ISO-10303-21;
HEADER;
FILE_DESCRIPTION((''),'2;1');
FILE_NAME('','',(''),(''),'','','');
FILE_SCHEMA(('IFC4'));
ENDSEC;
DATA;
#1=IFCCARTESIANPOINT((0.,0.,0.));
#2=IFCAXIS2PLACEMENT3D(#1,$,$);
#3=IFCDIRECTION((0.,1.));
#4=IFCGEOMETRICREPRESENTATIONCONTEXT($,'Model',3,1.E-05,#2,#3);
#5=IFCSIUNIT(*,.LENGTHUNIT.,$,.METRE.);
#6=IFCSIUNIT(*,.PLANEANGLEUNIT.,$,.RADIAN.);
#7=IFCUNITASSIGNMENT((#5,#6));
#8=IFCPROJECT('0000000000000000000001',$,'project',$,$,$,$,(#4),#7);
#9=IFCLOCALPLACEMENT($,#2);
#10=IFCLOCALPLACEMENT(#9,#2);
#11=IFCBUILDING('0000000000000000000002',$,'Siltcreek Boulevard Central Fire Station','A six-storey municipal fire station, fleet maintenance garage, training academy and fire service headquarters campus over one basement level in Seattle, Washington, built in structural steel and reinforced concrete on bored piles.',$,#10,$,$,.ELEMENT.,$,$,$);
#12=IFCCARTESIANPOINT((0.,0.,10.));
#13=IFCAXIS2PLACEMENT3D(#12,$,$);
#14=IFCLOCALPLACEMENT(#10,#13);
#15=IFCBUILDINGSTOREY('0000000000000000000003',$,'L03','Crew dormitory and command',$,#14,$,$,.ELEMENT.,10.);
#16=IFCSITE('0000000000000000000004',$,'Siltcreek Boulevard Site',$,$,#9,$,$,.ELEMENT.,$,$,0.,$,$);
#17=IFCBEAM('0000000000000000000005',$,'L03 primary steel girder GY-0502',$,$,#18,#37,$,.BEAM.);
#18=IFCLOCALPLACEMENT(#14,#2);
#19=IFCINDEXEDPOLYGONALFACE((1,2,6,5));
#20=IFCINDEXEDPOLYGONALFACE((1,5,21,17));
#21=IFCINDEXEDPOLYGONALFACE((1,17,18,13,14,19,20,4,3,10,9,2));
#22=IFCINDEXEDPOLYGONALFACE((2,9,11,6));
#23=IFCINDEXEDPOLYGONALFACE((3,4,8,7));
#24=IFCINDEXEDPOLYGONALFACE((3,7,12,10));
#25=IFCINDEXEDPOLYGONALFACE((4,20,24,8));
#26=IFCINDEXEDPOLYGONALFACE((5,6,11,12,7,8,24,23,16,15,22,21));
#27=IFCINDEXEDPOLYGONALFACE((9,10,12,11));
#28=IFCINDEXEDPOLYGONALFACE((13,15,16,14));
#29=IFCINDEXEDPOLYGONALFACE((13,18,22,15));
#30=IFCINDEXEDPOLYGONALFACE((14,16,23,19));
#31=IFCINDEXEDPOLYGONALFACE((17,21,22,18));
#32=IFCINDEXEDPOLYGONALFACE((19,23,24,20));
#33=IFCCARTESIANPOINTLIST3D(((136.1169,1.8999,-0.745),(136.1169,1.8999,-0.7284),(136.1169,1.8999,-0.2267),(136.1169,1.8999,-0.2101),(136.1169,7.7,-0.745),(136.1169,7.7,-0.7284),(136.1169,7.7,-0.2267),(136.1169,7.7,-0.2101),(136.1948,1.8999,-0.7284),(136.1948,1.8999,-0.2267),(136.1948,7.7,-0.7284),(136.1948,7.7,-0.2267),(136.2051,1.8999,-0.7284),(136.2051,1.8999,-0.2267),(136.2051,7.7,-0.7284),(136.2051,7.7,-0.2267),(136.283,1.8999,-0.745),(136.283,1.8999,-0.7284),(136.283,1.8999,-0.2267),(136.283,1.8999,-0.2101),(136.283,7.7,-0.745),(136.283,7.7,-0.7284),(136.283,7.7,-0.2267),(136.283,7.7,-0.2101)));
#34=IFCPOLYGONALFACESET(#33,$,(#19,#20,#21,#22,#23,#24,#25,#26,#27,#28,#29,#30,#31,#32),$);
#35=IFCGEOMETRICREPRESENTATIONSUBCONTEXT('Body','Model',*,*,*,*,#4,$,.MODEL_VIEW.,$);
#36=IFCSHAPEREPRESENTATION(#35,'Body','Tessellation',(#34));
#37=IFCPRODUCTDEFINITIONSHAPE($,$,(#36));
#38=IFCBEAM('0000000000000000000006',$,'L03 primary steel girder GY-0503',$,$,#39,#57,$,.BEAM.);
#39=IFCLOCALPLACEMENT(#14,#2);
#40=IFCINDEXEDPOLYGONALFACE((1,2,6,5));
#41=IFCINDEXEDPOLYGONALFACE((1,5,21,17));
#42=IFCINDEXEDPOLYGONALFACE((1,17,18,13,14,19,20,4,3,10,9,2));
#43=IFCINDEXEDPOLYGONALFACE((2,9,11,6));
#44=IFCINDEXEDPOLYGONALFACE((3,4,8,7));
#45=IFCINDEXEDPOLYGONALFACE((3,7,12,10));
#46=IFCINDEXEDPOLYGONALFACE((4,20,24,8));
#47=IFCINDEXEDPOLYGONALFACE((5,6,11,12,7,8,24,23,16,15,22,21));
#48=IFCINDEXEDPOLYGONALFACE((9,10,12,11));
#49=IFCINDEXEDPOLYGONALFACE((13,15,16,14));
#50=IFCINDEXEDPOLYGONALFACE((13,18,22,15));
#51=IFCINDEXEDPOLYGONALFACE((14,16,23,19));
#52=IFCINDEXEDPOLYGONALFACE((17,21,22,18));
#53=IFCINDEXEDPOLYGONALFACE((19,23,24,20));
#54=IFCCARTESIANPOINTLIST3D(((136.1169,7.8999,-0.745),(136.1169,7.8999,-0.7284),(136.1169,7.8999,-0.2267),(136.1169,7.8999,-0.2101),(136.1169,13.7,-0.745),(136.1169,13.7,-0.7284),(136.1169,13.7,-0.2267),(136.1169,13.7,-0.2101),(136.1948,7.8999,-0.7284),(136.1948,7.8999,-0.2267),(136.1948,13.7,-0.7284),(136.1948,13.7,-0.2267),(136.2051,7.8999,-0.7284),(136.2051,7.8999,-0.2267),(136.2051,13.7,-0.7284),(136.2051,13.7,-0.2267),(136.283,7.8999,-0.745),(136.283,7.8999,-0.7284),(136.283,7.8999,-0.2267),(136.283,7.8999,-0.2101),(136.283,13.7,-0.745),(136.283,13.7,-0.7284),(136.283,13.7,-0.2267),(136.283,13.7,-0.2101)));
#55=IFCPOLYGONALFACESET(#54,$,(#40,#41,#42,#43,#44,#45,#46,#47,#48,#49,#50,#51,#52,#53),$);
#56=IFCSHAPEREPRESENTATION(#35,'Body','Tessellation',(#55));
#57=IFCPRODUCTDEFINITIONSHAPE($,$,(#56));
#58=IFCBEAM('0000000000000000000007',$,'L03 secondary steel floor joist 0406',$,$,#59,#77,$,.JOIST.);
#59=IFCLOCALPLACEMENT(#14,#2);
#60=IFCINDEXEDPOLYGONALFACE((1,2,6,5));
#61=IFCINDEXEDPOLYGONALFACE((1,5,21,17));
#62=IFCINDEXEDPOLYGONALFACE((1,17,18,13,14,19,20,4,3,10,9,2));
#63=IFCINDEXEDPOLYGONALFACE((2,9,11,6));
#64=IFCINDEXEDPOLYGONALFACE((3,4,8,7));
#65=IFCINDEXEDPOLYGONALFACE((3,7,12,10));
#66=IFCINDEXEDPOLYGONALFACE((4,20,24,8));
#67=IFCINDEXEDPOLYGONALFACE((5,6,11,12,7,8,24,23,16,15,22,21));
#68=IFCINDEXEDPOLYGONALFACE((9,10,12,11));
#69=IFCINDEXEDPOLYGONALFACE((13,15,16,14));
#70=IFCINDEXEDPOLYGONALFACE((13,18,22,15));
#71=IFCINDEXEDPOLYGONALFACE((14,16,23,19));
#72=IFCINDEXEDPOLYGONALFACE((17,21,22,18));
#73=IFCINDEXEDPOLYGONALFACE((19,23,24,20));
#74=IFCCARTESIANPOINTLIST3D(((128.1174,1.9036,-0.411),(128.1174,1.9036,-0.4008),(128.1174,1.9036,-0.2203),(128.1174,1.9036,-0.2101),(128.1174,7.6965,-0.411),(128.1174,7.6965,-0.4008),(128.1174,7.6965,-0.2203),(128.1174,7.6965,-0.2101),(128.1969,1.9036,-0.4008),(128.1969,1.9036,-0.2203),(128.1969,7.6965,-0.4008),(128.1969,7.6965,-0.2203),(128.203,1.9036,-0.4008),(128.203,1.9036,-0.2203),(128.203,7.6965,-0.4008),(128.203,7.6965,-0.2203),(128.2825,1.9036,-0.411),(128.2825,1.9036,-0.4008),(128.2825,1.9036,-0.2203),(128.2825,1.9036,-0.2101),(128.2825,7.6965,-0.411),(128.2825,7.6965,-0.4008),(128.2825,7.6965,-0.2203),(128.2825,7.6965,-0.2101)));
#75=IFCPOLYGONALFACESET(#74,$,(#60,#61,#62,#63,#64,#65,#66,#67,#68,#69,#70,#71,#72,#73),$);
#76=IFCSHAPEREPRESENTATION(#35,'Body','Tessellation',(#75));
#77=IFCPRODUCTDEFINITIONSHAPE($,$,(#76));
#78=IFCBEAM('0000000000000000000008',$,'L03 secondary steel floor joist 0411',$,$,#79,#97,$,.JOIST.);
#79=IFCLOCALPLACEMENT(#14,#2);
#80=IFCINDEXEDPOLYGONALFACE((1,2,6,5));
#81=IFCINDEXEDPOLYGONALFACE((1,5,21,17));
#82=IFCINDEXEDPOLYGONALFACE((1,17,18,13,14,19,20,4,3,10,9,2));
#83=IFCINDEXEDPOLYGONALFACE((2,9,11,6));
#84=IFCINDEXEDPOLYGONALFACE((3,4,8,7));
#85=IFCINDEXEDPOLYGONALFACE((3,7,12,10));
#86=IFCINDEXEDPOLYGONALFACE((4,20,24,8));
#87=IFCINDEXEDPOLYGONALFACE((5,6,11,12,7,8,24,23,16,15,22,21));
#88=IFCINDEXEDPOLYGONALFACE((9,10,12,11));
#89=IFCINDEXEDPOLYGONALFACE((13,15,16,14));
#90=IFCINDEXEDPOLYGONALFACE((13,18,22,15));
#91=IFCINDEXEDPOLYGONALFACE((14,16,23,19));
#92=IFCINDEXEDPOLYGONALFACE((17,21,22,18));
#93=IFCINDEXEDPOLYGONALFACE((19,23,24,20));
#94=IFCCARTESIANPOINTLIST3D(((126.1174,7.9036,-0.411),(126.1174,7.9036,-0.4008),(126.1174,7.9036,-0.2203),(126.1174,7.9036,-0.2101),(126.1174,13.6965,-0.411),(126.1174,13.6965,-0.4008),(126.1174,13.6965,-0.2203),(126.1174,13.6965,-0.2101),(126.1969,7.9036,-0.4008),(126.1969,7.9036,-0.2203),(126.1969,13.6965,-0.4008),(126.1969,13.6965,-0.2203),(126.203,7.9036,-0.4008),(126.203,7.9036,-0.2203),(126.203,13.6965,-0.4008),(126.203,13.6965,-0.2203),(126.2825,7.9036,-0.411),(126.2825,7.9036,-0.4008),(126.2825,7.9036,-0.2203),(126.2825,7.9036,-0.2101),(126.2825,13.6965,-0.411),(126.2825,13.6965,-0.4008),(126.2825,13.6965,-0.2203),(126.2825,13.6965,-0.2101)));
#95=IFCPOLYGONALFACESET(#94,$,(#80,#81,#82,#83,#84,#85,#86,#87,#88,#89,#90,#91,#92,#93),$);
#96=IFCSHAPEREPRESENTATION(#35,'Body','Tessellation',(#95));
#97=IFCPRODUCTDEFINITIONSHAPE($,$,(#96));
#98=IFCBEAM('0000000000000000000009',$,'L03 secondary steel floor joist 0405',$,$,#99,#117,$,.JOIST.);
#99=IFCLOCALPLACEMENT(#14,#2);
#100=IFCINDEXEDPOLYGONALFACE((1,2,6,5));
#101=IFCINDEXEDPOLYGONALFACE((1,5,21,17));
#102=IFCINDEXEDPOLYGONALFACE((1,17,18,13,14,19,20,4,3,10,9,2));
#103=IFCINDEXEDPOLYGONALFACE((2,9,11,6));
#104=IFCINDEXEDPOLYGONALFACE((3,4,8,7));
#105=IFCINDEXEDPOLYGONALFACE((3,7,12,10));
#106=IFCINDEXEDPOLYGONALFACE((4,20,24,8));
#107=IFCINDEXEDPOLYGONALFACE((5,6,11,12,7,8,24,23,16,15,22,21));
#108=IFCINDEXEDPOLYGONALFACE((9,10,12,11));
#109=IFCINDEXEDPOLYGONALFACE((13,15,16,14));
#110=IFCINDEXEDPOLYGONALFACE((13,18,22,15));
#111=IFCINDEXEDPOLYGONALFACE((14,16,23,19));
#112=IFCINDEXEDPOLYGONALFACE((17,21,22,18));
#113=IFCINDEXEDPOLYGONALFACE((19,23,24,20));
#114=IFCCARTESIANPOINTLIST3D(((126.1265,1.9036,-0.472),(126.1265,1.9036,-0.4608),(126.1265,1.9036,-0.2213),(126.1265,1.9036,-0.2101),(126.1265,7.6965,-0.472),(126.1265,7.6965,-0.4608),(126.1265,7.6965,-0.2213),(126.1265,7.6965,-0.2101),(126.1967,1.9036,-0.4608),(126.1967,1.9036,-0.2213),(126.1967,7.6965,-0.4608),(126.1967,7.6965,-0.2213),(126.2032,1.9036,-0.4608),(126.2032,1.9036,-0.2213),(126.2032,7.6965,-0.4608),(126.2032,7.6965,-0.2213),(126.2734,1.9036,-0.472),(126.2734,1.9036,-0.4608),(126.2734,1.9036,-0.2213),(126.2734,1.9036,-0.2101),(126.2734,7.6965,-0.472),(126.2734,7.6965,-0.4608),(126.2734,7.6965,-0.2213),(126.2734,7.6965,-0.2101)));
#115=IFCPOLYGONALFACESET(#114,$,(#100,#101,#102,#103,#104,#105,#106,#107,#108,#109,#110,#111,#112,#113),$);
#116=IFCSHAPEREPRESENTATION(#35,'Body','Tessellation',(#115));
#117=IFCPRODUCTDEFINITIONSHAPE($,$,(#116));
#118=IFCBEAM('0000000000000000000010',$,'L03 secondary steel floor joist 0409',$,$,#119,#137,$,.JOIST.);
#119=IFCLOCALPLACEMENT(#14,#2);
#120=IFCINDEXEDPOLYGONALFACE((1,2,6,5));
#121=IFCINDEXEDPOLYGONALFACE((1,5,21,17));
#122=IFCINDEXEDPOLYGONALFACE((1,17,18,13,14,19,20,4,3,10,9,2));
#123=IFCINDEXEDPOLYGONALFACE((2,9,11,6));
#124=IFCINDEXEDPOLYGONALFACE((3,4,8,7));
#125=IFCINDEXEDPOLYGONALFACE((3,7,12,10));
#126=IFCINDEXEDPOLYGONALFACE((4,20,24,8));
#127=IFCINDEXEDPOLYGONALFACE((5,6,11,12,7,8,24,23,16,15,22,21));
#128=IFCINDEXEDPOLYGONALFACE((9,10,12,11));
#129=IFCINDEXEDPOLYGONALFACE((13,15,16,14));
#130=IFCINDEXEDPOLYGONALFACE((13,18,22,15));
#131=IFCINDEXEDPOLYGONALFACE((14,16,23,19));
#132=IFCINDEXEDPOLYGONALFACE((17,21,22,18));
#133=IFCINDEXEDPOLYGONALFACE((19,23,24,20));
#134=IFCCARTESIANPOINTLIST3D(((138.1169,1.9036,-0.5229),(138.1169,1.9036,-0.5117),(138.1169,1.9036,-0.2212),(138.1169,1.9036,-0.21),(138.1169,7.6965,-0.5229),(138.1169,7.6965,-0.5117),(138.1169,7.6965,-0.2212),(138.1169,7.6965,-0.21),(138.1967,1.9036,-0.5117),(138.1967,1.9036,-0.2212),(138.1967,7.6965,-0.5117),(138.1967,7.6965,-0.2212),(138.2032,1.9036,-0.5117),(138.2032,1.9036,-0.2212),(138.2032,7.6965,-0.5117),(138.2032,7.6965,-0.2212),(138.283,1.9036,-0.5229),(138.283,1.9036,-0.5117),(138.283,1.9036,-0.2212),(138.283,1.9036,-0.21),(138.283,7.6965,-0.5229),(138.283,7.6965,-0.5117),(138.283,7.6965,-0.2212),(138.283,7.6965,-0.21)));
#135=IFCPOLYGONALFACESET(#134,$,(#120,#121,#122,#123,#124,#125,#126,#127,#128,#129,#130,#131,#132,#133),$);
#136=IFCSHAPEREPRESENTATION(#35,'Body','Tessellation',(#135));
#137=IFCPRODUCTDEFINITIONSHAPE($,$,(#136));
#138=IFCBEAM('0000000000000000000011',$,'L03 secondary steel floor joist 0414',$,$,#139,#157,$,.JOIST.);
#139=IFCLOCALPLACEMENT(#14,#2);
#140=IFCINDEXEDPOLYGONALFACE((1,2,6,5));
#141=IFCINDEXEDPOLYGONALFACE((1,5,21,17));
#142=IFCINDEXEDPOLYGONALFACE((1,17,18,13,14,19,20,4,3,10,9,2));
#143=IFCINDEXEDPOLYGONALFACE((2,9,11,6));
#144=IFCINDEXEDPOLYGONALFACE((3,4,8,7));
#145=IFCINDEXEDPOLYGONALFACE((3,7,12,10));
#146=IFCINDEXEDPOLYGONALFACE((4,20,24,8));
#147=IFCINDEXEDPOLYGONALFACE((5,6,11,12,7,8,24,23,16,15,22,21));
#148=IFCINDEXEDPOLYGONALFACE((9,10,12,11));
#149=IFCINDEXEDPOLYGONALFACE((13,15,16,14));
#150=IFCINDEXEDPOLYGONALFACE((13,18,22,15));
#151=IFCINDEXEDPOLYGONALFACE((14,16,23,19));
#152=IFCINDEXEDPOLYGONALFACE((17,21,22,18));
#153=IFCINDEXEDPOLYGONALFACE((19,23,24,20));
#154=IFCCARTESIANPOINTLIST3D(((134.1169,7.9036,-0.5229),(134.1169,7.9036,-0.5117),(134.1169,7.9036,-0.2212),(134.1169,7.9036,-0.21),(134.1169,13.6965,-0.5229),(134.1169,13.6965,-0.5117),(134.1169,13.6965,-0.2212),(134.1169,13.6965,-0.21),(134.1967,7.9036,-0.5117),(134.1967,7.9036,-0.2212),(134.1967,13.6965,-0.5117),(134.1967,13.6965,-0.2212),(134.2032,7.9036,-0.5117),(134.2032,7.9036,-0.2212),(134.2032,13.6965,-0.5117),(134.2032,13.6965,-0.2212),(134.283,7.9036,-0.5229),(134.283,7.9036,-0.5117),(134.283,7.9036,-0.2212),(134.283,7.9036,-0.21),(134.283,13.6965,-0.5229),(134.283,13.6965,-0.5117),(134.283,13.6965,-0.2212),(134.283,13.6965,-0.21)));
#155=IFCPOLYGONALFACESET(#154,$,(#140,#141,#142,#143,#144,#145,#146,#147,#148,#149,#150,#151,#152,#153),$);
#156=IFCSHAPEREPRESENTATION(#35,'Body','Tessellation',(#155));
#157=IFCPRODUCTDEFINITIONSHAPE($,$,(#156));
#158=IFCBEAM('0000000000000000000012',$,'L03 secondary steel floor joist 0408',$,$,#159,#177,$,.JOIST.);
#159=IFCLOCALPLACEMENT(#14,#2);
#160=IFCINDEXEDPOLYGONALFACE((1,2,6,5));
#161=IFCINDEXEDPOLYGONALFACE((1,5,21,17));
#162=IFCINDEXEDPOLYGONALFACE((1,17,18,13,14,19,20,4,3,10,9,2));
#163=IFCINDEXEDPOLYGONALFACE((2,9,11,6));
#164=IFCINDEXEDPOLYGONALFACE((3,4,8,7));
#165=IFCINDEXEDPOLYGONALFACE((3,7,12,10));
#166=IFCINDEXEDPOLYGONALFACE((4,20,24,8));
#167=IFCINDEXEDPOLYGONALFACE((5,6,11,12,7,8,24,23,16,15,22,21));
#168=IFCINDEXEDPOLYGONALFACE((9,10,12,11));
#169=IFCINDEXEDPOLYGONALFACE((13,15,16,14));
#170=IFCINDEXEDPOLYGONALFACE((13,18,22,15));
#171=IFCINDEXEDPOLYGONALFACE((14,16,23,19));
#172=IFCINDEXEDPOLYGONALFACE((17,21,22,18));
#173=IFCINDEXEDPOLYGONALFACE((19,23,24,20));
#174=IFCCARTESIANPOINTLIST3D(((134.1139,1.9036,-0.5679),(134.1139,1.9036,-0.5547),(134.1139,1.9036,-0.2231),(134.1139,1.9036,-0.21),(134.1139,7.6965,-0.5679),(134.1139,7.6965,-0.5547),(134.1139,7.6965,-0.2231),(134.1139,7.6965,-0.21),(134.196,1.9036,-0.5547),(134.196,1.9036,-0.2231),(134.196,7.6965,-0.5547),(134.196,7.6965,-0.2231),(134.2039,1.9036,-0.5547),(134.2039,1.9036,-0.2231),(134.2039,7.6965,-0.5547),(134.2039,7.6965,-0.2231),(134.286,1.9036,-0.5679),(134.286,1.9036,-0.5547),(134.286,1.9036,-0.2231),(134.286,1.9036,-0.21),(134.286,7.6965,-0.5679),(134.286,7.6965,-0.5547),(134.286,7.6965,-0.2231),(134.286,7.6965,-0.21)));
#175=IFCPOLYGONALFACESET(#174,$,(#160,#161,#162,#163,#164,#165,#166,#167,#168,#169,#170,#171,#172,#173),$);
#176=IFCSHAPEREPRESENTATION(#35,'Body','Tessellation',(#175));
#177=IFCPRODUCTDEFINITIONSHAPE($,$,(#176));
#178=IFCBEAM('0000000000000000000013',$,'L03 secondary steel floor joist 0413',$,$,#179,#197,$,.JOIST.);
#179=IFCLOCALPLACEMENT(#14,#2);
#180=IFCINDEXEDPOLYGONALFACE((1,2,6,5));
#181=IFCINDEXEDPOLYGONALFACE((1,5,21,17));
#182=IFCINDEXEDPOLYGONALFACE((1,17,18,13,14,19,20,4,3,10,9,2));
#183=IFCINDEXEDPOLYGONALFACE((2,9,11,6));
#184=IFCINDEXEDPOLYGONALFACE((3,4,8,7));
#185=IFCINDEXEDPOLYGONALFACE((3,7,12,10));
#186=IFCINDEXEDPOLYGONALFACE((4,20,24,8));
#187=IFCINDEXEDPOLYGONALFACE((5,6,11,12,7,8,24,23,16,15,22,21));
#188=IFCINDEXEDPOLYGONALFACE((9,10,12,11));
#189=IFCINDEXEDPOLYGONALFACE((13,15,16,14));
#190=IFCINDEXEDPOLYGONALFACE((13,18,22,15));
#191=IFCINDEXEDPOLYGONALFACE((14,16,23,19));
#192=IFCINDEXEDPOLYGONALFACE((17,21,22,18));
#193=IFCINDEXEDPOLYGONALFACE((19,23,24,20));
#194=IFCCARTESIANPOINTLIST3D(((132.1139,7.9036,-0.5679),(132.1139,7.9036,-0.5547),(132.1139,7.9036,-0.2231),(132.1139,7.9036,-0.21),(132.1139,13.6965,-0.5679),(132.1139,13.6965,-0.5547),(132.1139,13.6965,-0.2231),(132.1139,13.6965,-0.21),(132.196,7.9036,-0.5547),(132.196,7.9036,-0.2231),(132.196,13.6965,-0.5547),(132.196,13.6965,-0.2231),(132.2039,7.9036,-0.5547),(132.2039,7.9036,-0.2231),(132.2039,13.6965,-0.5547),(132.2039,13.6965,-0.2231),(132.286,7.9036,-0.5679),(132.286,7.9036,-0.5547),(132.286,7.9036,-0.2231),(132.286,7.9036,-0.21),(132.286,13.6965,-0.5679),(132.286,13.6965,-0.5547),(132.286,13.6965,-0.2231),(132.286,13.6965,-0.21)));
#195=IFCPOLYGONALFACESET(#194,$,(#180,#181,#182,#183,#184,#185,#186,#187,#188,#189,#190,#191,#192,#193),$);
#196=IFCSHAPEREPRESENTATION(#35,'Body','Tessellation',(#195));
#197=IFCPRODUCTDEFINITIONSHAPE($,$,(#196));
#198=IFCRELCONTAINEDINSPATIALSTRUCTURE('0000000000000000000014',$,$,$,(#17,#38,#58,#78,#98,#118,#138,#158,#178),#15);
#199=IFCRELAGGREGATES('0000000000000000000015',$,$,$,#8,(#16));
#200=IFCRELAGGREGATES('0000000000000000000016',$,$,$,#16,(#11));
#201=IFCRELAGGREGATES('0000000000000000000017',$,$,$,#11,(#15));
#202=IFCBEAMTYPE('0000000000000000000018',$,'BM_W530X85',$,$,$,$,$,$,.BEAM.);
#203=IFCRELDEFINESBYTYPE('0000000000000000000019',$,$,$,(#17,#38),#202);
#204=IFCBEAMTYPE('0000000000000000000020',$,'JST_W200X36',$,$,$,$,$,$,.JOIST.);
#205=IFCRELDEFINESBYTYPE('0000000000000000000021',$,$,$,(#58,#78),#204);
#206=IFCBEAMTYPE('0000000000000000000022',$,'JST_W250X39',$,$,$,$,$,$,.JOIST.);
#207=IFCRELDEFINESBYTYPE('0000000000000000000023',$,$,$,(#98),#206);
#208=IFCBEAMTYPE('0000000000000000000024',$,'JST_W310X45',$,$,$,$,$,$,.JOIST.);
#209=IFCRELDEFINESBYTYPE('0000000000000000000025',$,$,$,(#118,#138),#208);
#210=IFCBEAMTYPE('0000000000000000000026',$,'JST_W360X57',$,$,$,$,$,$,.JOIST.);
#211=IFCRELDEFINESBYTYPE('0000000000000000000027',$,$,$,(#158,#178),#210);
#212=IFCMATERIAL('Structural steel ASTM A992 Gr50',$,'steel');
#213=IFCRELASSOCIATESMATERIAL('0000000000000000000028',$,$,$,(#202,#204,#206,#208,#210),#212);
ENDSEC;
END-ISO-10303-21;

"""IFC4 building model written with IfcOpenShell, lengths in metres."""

from ifc_helpers import new_model, si_unit, direction, frame, origin, origin_2d, place, context, subcontext, project, spatial, i_section, extrude, material, material_profile, profile_set, type_object, element, save


model = new_model("IFC4")

# Units and contexts
model_context = context("Model", 3, precision=1e-05, world=origin(), true_north=direction((0.0, 1.0)))
body_context = subcontext(model_context, "Body", "Model", "MODEL_VIEW")
ifc_project = project(units=[si_unit("LENGTHUNIT", "METRE"), si_unit("PLANEANGLEUNIT", "RADIAN")], contexts=[model_context])

# Site, building, storey
site_placement = place(None, origin())
site = spatial("IfcSite", under=ifc_project, at=site_placement, Name="Siltcreek Boulevard Site", CompositionType="ELEMENT", RefElevation=0.0)
building_placement = place(site_placement, origin())
building = spatial("IfcBuilding", under=site, at=building_placement, Name="Siltcreek Boulevard Central Fire Station", Description="A six-storey municipal fire station, fleet maintenance garage, training academy and fire service headquarters campus over one basement level in Seattle, Washington, built in structural steel and reinforced concrete on bored piles.", CompositionType="ELEMENT")
storey_placement = place(building_placement, frame((0.0, 0.0, 10.0)))
storey = spatial("IfcBuildingStorey", under=building, at=storey_placement, Name="L03", Description="Crew dormitory and command", CompositionType="ELEMENT", Elevation=10.0)

# Beams
ifc_material_1 = material(Name="Structural steel ASTM A992 Gr50", Category="steel")
ifc_material_profile_1 = material_profile(ifc_material_1, i_section(OverallWidth=0.166, OverallDepth=0.5349, WebThickness=0.0103, FlangeThickness=0.0166, at=origin_2d()), Name="W530X85")
ifc_profile_set_1 = profile_set([ifc_material_profile_1], Name="Structural steel ASTM A992 Gr50")
beam_type_1 = type_object("IfcBeamType", Name="BM_W530X85", PredefinedType="BEAM", material=ifc_profile_set_1)
for number, where, z_axis, x_axis, name in (
    (1, (136.2, 1.8999, -0.4775), (0.0, 1.0, 0.0), (-1.0, 0.0, 0.0), "L03 primary steel girder GY-0502"),
    (2, (136.2, 7.8999, -0.4775), (0.0, 1.0, 0.0), (-1.0, 0.0, 0.0), "L03 primary steel girder GY-0503"),
):
    element("IfcBeam", number, at=place(storey_placement, frame(where, z_axis=z_axis, x_axis=x_axis)), inside=storey, type_object=beam_type_1, Name=name, PredefinedType="BEAM", context=body_context, shape_type="SweptSolid", body=[
        extrude(i_section(OverallWidth=0.166, OverallDepth=0.5349, WebThickness=0.0103, FlangeThickness=0.0166, at=origin_2d()), origin(), (0.0, 0.0, 1.0), 5.8),
    ])
ifc_material_profile_2 = material_profile(ifc_material_1, i_section(OverallWidth=0.165, OverallDepth=0.2009, WebThickness=0.0061, FlangeThickness=0.0103, at=origin_2d()), Name="W200X36")
ifc_profile_set_2 = profile_set([ifc_material_profile_2], Name="Structural steel ASTM A992 Gr50")
beam_type_2 = type_object("IfcBeamType", Name="JST_W200X36", PredefinedType="JOIST", material=ifc_profile_set_2)
for number, where, z_axis, x_axis, name in (
    (3, (128.2, 1.9036, -0.3105), (0.0, 1.0, 0.0), (-1.0, 0.0, 0.0), "L03 secondary steel floor joist 0406"),
    (4, (126.2, 7.9036, -0.3105), (0.0, 1.0, 0.0), (-1.0, 0.0, 0.0), "L03 secondary steel floor joist 0411"),
):
    element("IfcBeam", number, at=place(storey_placement, frame(where, z_axis=z_axis, x_axis=x_axis)), inside=storey, type_object=beam_type_2, Name=name, PredefinedType="JOIST", context=body_context, shape_type="SweptSolid", body=[
        extrude(i_section(OverallWidth=0.165, OverallDepth=0.2009, WebThickness=0.0061, FlangeThickness=0.0103, at=origin_2d()), origin(), (0.0, 0.0, 1.0), 5.793),
    ])
ifc_material_profile_3 = material_profile(ifc_material_1, i_section(OverallWidth=0.147, OverallDepth=0.262, WebThickness=0.0066, FlangeThickness=0.0112, at=origin_2d()), Name="W250X39")
ifc_profile_set_3 = profile_set([ifc_material_profile_3], Name="Structural steel ASTM A992 Gr50")
beam_type_3 = type_object("IfcBeamType", Name="JST_W250X39", PredefinedType="JOIST", material=ifc_profile_set_3)
beam_placement = place(storey_placement, frame((126.2, 1.9036, -0.3411), z_axis=(0.0, 1.0, 0.0), x_axis=(-1.0, 0.0, 0.0)))
element("IfcBeam", 5, at=beam_placement, inside=storey, type_object=beam_type_3, Name="L03 secondary steel floor joist 0405", PredefinedType="JOIST", context=body_context, shape_type="SweptSolid", body=[
    extrude(i_section(OverallWidth=0.147, OverallDepth=0.262, WebThickness=0.0066, FlangeThickness=0.0112, at=origin_2d()), origin(), (0.0, 0.0, 1.0), 5.793),
])
ifc_material_profile_4 = material_profile(ifc_material_1, i_section(OverallWidth=0.166, OverallDepth=0.313, WebThickness=0.0066, FlangeThickness=0.0112, at=origin_2d()), Name="W310X45")
ifc_profile_set_4 = profile_set([ifc_material_profile_4], Name="Structural steel ASTM A992 Gr50")
beam_type_4 = type_object("IfcBeamType", Name="JST_W310X45", PredefinedType="JOIST", material=ifc_profile_set_4)
for number, where, z_axis, x_axis, name in (
    (6, (138.2, 1.9036, -0.3665), (0.0, 1.0, 0.0), (-1.0, 0.0, 0.0), "L03 secondary steel floor joist 0409"),
    (7, (134.2, 7.9036, -0.3665), (0.0, 1.0, 0.0), (-1.0, 0.0, 0.0), "L03 secondary steel floor joist 0414"),
):
    element("IfcBeam", number, at=place(storey_placement, frame(where, z_axis=z_axis, x_axis=x_axis)), inside=storey, type_object=beam_type_4, Name=name, PredefinedType="JOIST", context=body_context, shape_type="SweptSolid", body=[
        extrude(i_section(OverallWidth=0.166, OverallDepth=0.313, WebThickness=0.0066, FlangeThickness=0.0112, at=origin_2d()), origin(), (0.0, 0.0, 1.0), 5.793),
    ])
ifc_material_profile_5 = material_profile(ifc_material_1, i_section(OverallWidth=0.1721, OverallDepth=0.3579, WebThickness=0.0078, FlangeThickness=0.0132, at=origin_2d()), Name="W360X57")
ifc_profile_set_5 = profile_set([ifc_material_profile_5], Name="Structural steel ASTM A992 Gr50")
beam_type_5 = type_object("IfcBeamType", Name="JST_W360X57", PredefinedType="JOIST", material=ifc_profile_set_5)
for number, where, z_axis, x_axis, name in (
    (8, (134.2, 1.9036, -0.3889), (0.0, 1.0, 0.0), (-1.0, 0.0, 0.0), "L03 secondary steel floor joist 0408"),
    (9, (132.2, 7.9036, -0.3889), (0.0, 1.0, 0.0), (-1.0, 0.0, 0.0), "L03 secondary steel floor joist 0413"),
):
    element("IfcBeam", number, at=place(storey_placement, frame(where, z_axis=z_axis, x_axis=x_axis)), inside=storey, type_object=beam_type_5, Name=name, PredefinedType="JOIST", context=body_context, shape_type="SweptSolid", body=[
        extrude(i_section(OverallWidth=0.1721, OverallDepth=0.3579, WebThickness=0.0078, FlangeThickness=0.0132, at=origin_2d()), origin(), (0.0, 0.0, 1.0), 5.793),
    ])

save(model, "model.ifc")
